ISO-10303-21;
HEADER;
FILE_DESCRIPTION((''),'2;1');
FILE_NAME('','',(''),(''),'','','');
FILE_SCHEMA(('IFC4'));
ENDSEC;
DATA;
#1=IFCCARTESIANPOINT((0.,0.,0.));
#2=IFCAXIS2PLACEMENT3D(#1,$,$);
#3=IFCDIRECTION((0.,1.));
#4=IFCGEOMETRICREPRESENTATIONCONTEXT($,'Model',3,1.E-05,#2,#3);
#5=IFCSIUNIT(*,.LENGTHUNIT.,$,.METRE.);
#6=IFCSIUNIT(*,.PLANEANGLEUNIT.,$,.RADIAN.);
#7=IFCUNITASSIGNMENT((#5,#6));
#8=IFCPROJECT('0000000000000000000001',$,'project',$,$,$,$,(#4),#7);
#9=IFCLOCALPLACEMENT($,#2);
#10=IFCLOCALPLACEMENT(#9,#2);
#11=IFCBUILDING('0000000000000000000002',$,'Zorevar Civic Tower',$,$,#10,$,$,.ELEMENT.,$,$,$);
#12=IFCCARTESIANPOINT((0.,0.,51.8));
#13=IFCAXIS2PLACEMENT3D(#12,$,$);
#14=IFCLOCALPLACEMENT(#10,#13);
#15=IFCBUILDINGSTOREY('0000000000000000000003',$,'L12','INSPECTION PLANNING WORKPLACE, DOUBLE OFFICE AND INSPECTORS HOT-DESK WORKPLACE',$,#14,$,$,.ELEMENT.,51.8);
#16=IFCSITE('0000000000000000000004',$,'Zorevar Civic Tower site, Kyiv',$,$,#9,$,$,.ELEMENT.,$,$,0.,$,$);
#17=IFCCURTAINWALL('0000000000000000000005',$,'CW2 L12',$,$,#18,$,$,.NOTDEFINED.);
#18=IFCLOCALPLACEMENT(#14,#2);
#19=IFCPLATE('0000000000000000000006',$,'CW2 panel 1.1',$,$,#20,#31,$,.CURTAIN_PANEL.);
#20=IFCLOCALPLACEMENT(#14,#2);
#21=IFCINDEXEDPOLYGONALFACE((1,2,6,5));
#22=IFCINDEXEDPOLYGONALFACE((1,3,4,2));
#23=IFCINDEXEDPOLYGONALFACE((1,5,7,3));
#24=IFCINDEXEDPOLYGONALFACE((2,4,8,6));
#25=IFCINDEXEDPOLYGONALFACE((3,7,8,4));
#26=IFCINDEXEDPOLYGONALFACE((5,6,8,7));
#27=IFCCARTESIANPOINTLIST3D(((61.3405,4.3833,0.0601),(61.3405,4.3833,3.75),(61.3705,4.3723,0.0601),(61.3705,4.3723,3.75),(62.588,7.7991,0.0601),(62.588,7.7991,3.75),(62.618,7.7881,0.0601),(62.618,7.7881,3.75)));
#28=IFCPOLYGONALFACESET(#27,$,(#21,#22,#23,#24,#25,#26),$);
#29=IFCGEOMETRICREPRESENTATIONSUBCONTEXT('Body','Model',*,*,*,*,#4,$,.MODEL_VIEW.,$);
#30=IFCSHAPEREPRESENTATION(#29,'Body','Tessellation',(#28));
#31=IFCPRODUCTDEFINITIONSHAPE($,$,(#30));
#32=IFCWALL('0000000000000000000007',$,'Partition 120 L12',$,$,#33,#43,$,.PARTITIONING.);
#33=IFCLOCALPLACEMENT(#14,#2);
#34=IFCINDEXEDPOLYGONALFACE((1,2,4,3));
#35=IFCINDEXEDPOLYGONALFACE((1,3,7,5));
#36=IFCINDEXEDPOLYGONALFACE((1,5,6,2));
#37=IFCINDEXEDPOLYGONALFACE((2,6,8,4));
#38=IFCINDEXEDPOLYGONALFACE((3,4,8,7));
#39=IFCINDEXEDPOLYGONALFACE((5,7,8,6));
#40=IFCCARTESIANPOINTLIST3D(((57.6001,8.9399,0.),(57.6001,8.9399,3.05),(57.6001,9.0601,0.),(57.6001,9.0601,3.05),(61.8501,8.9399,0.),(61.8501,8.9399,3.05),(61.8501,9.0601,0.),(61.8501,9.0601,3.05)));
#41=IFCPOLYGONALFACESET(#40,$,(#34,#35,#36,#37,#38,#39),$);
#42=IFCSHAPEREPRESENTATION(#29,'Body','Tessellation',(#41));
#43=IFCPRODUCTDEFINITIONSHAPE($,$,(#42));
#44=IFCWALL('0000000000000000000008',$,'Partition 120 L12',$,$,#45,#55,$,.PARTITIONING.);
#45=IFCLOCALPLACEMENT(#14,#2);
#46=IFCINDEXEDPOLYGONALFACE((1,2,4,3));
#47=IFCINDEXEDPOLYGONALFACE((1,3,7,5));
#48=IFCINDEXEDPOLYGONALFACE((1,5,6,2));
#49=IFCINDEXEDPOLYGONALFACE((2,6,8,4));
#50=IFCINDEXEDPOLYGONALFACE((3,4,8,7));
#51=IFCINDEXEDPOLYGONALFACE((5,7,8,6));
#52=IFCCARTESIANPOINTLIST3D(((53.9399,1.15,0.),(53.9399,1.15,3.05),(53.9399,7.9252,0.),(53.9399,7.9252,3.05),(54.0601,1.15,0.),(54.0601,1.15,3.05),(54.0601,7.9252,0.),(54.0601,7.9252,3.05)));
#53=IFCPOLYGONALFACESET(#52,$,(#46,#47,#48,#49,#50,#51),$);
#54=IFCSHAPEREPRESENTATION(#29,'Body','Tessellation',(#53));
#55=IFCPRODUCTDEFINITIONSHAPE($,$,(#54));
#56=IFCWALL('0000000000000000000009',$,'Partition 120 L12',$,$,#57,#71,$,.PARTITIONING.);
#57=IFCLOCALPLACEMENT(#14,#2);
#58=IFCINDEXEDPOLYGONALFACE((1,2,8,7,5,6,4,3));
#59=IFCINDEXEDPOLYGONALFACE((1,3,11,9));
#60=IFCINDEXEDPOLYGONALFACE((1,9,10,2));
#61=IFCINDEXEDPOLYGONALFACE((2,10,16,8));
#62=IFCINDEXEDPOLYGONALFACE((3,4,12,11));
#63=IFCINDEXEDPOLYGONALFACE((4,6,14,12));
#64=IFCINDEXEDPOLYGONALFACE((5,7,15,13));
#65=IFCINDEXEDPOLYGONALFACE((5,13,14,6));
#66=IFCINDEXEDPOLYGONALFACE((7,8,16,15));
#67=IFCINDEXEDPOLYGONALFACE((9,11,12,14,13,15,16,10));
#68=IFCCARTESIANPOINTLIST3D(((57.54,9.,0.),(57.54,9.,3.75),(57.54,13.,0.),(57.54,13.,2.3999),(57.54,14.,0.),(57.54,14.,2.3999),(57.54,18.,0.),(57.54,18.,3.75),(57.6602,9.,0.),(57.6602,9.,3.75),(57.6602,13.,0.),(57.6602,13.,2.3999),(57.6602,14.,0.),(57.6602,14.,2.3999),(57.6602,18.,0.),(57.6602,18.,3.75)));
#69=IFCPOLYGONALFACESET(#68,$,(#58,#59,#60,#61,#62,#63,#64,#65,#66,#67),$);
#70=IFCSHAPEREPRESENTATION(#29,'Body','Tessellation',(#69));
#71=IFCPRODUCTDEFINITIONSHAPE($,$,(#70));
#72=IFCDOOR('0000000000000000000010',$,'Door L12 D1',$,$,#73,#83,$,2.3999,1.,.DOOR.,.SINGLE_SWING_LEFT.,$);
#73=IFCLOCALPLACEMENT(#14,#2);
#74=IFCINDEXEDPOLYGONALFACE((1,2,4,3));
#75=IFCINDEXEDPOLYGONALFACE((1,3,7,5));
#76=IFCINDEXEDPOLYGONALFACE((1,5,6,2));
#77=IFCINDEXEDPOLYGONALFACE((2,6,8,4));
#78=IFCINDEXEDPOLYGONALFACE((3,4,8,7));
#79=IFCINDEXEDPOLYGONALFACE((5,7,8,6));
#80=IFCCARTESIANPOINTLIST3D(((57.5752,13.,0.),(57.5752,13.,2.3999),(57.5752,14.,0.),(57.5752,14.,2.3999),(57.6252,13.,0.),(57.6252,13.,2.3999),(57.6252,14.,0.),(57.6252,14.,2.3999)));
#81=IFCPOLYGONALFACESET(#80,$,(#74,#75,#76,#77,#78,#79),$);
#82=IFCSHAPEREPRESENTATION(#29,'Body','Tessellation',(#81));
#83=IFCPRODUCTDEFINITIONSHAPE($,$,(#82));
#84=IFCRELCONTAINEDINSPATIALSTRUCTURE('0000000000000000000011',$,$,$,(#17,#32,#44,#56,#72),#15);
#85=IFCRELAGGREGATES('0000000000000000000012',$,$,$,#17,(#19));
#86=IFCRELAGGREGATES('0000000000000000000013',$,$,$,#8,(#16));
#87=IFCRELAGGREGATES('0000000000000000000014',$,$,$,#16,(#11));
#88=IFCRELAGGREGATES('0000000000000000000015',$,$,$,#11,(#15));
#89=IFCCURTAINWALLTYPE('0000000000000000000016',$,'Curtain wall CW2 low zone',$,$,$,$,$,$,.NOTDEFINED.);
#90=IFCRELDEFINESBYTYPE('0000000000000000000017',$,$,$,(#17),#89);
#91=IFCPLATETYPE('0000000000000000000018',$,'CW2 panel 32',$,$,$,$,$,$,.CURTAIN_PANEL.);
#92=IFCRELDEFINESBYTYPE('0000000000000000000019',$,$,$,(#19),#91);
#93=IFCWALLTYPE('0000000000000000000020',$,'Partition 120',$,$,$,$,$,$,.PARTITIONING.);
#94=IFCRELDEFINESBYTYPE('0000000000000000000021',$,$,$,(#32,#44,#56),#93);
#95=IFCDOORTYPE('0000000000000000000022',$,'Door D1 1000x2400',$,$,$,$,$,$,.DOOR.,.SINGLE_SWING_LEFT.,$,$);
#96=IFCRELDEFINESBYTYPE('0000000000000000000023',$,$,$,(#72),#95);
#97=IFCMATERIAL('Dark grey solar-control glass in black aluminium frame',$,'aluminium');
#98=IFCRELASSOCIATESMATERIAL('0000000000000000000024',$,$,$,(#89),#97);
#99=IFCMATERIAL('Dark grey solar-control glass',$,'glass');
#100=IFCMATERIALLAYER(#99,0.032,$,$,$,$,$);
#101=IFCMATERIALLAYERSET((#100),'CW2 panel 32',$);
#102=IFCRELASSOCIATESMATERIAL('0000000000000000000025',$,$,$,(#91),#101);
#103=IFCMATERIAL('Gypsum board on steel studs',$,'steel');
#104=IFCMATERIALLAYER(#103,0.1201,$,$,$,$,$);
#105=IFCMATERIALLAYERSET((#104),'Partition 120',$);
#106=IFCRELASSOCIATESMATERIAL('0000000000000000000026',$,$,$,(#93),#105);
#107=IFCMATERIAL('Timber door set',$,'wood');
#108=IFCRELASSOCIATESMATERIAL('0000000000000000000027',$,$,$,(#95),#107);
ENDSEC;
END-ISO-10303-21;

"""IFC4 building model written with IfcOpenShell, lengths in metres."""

from ifc_helpers import new_model, si_unit, direction, frame, frame_2d, origin, origin_2d, place, context, subcontext, project, spatial, rectangle, extrude, material, layer, layer_set, type_object, element, fill, aggregate, save


model = new_model("IFC4")

# Units and contexts
model_context = context("Model", 3, precision=1e-05, world=origin(), true_north=direction((0.0, 1.0)))
body_context = subcontext(model_context, "Body", "Model", "MODEL_VIEW")
ifc_project = project(units=[si_unit("LENGTHUNIT", "METRE"), si_unit("PLANEANGLEUNIT", "RADIAN")], contexts=[model_context])

# Site, building, storey
site_placement = place(None, origin())
site = spatial("IfcSite", under=ifc_project, at=site_placement, Name="Zorevar Civic Tower site, Kyiv", CompositionType="ELEMENT", RefElevation=0.0)
building_placement = place(site_placement, origin())
building = spatial("IfcBuilding", under=site, at=building_placement, Name="Zorevar Civic Tower", CompositionType="ELEMENT")
storey_placement = place(building_placement, frame((0.0, 0.0, 51.8)))
storey = spatial("IfcBuildingStorey", under=building, at=storey_placement, Name="L12", Description="INSPECTION PLANNING WORKPLACE, DOUBLE OFFICE AND INSPECTORS HOT-DESK WORKPLACE", CompositionType="ELEMENT", Elevation=51.8)

# Curtain wall
ifc_material_1 = material(Name="Dark grey solar-control glass in black aluminium frame", Category="aluminium")
curtain_wall_type = type_object("IfcCurtainWallType", Name="Curtain wall CW2 low zone", PredefinedType="NOTDEFINED", material=ifc_material_1)
curtain_wall_1_placement = place(storey_placement, origin())
curtain_wall_1 = element("IfcCurtainWall", 1, at=curtain_wall_1_placement, inside=storey, type_object=curtain_wall_type, Name="CW2 L12", PredefinedType="NOTDEFINED")

# Plate
ifc_material_2 = material(Name="Dark grey solar-control glass", Category="glass")
ifc_layer_1 = layer(ifc_material_2, 0.032)
ifc_layer_set_1 = layer_set([ifc_layer_1], Name="CW2 panel 32")
plate_type = type_object("IfcPlateType", Name="CW2 panel 32", PredefinedType="CURTAIN_PANEL", material=ifc_layer_set_1)
plate_1_placement = place(storey_placement, frame((61.9792, 6.0857, 0.0601), z_axis=(0.0, 0.0, 1.0), x_axis=(0.34306, 0.939313, 0.0)))
plate_1 = element("IfcPlate", 2, at=plate_1_placement, type_object=plate_type, Name="CW2 panel 1.1", PredefinedType="CURTAIN_PANEL", context=body_context, shape_type="SweptSolid", body=[
    extrude(rectangle(XDim=3.6365, YDim=0.032, at=origin_2d()), origin(), (0.0, 0.0, 1.0), 3.6899),
])
aggregate(curtain_wall_1, [plate_1])

# Wall
ifc_material_3 = material(Name="Gypsum board on steel studs", Category="steel")
ifc_layer_2 = layer(ifc_material_3, 0.1201)
ifc_layer_set_2 = layer_set([ifc_layer_2], Name="Partition 120")
wall_type = type_object("IfcWallType", Name="Partition 120", PredefinedType="PARTITIONING", material=ifc_layer_set_2)
wall_1_placement = place(storey_placement, frame((57.6001, 9.0, 0.0), z_axis=(0.0, 0.0, 1.0), x_axis=(1.0, 0.0, 0.0)))
element("IfcWall", 3, at=wall_1_placement, inside=storey, type_object=wall_type, Name="Partition 120 L12", PredefinedType="PARTITIONING", context=body_context, shape_type="SweptSolid", body=[
    extrude(rectangle(XDim=4.25, YDim=0.1201, at=frame_2d((2.125, 0.0))), origin(), (0.0, 0.0, 1.0), 3.05),
])

# Shared definitions
ifc_material_4 = material(Name="Timber door set", Category="wood")
door_type = type_object("IfcDoorType", Name="Door D1 1000x2400", OperationType="SINGLE_SWING_LEFT", PredefinedType="DOOR", material=ifc_material_4)

# Wall
wall_2_placement = place(storey_placement, frame((54.0, 1.1499, 0.0), z_axis=(0.0, 0.0, 1.0), x_axis=(0.0, 1.0, 0.0)))
element("IfcWall", 4, at=wall_2_placement, inside=storey, type_object=wall_type, Name="Partition 120 L12", PredefinedType="PARTITIONING", context=body_context, shape_type="SweptSolid", body=[
    extrude(rectangle(XDim=6.7751, YDim=0.1201, at=frame_2d((3.3877, 0.0))), origin(), (0.0, 0.0, 1.0), 3.05),
])

# Wall, opening, door
wall_3_placement = place(storey_placement, frame((57.6001, 9.0, 0.0), z_axis=(0.0, 0.0, 1.0), x_axis=(0.0, 1.0, 0.0)))
wall_3 = element("IfcWall", 5, at=wall_3_placement, inside=storey, type_object=wall_type, Name="Partition 120 L12", PredefinedType="PARTITIONING", context=body_context, shape_type="SweptSolid", body=[
    extrude(rectangle(XDim=9.0, YDim=0.1201, at=frame_2d((4.5, 0.0))), origin(), (0.0, 0.0, 1.0), 3.75),
])
opening_1_placement = place(wall_3_placement, frame((4.0, 0.0, 0.0)))
opening_1 = element("IfcOpeningElement", 6, at=opening_1_placement, cuts=wall_3, PredefinedType="OPENING", context=body_context, shape_type="SweptSolid", body=[
    extrude(rectangle(XDim=1.0, YDim=2.3999, at=frame_2d((0.5, 1.2))), frame((0.0, 0.0701, 0.0), z_axis=(0.0, -1.0, 0.0), x_axis=(1.0, 0.0, 0.0)), (0.0, 0.0, 1.0), 0.1401),
])
door_1_placement = place(opening_1_placement, origin())
door_1 = element("IfcDoor", 7, at=door_1_placement, inside=storey, type_object=door_type, Name="Door L12 D1", OperationType="SINGLE_SWING_LEFT", OverallHeight=2.3999, OverallWidth=1.0, PredefinedType="DOOR", context=body_context, shape_type="SweptSolid", body=[
    extrude(rectangle(XDim=1.0, YDim=2.3999, at=frame_2d((0.5, 1.2))), frame((0.0, 0.0249, 0.0), z_axis=(0.0, -1.0, 0.0), x_axis=(1.0, 0.0, 0.0)), (0.0, 0.0, 1.0), 0.05),
])
fill(opening_1, door_1)

save(model, "model.ifc")
